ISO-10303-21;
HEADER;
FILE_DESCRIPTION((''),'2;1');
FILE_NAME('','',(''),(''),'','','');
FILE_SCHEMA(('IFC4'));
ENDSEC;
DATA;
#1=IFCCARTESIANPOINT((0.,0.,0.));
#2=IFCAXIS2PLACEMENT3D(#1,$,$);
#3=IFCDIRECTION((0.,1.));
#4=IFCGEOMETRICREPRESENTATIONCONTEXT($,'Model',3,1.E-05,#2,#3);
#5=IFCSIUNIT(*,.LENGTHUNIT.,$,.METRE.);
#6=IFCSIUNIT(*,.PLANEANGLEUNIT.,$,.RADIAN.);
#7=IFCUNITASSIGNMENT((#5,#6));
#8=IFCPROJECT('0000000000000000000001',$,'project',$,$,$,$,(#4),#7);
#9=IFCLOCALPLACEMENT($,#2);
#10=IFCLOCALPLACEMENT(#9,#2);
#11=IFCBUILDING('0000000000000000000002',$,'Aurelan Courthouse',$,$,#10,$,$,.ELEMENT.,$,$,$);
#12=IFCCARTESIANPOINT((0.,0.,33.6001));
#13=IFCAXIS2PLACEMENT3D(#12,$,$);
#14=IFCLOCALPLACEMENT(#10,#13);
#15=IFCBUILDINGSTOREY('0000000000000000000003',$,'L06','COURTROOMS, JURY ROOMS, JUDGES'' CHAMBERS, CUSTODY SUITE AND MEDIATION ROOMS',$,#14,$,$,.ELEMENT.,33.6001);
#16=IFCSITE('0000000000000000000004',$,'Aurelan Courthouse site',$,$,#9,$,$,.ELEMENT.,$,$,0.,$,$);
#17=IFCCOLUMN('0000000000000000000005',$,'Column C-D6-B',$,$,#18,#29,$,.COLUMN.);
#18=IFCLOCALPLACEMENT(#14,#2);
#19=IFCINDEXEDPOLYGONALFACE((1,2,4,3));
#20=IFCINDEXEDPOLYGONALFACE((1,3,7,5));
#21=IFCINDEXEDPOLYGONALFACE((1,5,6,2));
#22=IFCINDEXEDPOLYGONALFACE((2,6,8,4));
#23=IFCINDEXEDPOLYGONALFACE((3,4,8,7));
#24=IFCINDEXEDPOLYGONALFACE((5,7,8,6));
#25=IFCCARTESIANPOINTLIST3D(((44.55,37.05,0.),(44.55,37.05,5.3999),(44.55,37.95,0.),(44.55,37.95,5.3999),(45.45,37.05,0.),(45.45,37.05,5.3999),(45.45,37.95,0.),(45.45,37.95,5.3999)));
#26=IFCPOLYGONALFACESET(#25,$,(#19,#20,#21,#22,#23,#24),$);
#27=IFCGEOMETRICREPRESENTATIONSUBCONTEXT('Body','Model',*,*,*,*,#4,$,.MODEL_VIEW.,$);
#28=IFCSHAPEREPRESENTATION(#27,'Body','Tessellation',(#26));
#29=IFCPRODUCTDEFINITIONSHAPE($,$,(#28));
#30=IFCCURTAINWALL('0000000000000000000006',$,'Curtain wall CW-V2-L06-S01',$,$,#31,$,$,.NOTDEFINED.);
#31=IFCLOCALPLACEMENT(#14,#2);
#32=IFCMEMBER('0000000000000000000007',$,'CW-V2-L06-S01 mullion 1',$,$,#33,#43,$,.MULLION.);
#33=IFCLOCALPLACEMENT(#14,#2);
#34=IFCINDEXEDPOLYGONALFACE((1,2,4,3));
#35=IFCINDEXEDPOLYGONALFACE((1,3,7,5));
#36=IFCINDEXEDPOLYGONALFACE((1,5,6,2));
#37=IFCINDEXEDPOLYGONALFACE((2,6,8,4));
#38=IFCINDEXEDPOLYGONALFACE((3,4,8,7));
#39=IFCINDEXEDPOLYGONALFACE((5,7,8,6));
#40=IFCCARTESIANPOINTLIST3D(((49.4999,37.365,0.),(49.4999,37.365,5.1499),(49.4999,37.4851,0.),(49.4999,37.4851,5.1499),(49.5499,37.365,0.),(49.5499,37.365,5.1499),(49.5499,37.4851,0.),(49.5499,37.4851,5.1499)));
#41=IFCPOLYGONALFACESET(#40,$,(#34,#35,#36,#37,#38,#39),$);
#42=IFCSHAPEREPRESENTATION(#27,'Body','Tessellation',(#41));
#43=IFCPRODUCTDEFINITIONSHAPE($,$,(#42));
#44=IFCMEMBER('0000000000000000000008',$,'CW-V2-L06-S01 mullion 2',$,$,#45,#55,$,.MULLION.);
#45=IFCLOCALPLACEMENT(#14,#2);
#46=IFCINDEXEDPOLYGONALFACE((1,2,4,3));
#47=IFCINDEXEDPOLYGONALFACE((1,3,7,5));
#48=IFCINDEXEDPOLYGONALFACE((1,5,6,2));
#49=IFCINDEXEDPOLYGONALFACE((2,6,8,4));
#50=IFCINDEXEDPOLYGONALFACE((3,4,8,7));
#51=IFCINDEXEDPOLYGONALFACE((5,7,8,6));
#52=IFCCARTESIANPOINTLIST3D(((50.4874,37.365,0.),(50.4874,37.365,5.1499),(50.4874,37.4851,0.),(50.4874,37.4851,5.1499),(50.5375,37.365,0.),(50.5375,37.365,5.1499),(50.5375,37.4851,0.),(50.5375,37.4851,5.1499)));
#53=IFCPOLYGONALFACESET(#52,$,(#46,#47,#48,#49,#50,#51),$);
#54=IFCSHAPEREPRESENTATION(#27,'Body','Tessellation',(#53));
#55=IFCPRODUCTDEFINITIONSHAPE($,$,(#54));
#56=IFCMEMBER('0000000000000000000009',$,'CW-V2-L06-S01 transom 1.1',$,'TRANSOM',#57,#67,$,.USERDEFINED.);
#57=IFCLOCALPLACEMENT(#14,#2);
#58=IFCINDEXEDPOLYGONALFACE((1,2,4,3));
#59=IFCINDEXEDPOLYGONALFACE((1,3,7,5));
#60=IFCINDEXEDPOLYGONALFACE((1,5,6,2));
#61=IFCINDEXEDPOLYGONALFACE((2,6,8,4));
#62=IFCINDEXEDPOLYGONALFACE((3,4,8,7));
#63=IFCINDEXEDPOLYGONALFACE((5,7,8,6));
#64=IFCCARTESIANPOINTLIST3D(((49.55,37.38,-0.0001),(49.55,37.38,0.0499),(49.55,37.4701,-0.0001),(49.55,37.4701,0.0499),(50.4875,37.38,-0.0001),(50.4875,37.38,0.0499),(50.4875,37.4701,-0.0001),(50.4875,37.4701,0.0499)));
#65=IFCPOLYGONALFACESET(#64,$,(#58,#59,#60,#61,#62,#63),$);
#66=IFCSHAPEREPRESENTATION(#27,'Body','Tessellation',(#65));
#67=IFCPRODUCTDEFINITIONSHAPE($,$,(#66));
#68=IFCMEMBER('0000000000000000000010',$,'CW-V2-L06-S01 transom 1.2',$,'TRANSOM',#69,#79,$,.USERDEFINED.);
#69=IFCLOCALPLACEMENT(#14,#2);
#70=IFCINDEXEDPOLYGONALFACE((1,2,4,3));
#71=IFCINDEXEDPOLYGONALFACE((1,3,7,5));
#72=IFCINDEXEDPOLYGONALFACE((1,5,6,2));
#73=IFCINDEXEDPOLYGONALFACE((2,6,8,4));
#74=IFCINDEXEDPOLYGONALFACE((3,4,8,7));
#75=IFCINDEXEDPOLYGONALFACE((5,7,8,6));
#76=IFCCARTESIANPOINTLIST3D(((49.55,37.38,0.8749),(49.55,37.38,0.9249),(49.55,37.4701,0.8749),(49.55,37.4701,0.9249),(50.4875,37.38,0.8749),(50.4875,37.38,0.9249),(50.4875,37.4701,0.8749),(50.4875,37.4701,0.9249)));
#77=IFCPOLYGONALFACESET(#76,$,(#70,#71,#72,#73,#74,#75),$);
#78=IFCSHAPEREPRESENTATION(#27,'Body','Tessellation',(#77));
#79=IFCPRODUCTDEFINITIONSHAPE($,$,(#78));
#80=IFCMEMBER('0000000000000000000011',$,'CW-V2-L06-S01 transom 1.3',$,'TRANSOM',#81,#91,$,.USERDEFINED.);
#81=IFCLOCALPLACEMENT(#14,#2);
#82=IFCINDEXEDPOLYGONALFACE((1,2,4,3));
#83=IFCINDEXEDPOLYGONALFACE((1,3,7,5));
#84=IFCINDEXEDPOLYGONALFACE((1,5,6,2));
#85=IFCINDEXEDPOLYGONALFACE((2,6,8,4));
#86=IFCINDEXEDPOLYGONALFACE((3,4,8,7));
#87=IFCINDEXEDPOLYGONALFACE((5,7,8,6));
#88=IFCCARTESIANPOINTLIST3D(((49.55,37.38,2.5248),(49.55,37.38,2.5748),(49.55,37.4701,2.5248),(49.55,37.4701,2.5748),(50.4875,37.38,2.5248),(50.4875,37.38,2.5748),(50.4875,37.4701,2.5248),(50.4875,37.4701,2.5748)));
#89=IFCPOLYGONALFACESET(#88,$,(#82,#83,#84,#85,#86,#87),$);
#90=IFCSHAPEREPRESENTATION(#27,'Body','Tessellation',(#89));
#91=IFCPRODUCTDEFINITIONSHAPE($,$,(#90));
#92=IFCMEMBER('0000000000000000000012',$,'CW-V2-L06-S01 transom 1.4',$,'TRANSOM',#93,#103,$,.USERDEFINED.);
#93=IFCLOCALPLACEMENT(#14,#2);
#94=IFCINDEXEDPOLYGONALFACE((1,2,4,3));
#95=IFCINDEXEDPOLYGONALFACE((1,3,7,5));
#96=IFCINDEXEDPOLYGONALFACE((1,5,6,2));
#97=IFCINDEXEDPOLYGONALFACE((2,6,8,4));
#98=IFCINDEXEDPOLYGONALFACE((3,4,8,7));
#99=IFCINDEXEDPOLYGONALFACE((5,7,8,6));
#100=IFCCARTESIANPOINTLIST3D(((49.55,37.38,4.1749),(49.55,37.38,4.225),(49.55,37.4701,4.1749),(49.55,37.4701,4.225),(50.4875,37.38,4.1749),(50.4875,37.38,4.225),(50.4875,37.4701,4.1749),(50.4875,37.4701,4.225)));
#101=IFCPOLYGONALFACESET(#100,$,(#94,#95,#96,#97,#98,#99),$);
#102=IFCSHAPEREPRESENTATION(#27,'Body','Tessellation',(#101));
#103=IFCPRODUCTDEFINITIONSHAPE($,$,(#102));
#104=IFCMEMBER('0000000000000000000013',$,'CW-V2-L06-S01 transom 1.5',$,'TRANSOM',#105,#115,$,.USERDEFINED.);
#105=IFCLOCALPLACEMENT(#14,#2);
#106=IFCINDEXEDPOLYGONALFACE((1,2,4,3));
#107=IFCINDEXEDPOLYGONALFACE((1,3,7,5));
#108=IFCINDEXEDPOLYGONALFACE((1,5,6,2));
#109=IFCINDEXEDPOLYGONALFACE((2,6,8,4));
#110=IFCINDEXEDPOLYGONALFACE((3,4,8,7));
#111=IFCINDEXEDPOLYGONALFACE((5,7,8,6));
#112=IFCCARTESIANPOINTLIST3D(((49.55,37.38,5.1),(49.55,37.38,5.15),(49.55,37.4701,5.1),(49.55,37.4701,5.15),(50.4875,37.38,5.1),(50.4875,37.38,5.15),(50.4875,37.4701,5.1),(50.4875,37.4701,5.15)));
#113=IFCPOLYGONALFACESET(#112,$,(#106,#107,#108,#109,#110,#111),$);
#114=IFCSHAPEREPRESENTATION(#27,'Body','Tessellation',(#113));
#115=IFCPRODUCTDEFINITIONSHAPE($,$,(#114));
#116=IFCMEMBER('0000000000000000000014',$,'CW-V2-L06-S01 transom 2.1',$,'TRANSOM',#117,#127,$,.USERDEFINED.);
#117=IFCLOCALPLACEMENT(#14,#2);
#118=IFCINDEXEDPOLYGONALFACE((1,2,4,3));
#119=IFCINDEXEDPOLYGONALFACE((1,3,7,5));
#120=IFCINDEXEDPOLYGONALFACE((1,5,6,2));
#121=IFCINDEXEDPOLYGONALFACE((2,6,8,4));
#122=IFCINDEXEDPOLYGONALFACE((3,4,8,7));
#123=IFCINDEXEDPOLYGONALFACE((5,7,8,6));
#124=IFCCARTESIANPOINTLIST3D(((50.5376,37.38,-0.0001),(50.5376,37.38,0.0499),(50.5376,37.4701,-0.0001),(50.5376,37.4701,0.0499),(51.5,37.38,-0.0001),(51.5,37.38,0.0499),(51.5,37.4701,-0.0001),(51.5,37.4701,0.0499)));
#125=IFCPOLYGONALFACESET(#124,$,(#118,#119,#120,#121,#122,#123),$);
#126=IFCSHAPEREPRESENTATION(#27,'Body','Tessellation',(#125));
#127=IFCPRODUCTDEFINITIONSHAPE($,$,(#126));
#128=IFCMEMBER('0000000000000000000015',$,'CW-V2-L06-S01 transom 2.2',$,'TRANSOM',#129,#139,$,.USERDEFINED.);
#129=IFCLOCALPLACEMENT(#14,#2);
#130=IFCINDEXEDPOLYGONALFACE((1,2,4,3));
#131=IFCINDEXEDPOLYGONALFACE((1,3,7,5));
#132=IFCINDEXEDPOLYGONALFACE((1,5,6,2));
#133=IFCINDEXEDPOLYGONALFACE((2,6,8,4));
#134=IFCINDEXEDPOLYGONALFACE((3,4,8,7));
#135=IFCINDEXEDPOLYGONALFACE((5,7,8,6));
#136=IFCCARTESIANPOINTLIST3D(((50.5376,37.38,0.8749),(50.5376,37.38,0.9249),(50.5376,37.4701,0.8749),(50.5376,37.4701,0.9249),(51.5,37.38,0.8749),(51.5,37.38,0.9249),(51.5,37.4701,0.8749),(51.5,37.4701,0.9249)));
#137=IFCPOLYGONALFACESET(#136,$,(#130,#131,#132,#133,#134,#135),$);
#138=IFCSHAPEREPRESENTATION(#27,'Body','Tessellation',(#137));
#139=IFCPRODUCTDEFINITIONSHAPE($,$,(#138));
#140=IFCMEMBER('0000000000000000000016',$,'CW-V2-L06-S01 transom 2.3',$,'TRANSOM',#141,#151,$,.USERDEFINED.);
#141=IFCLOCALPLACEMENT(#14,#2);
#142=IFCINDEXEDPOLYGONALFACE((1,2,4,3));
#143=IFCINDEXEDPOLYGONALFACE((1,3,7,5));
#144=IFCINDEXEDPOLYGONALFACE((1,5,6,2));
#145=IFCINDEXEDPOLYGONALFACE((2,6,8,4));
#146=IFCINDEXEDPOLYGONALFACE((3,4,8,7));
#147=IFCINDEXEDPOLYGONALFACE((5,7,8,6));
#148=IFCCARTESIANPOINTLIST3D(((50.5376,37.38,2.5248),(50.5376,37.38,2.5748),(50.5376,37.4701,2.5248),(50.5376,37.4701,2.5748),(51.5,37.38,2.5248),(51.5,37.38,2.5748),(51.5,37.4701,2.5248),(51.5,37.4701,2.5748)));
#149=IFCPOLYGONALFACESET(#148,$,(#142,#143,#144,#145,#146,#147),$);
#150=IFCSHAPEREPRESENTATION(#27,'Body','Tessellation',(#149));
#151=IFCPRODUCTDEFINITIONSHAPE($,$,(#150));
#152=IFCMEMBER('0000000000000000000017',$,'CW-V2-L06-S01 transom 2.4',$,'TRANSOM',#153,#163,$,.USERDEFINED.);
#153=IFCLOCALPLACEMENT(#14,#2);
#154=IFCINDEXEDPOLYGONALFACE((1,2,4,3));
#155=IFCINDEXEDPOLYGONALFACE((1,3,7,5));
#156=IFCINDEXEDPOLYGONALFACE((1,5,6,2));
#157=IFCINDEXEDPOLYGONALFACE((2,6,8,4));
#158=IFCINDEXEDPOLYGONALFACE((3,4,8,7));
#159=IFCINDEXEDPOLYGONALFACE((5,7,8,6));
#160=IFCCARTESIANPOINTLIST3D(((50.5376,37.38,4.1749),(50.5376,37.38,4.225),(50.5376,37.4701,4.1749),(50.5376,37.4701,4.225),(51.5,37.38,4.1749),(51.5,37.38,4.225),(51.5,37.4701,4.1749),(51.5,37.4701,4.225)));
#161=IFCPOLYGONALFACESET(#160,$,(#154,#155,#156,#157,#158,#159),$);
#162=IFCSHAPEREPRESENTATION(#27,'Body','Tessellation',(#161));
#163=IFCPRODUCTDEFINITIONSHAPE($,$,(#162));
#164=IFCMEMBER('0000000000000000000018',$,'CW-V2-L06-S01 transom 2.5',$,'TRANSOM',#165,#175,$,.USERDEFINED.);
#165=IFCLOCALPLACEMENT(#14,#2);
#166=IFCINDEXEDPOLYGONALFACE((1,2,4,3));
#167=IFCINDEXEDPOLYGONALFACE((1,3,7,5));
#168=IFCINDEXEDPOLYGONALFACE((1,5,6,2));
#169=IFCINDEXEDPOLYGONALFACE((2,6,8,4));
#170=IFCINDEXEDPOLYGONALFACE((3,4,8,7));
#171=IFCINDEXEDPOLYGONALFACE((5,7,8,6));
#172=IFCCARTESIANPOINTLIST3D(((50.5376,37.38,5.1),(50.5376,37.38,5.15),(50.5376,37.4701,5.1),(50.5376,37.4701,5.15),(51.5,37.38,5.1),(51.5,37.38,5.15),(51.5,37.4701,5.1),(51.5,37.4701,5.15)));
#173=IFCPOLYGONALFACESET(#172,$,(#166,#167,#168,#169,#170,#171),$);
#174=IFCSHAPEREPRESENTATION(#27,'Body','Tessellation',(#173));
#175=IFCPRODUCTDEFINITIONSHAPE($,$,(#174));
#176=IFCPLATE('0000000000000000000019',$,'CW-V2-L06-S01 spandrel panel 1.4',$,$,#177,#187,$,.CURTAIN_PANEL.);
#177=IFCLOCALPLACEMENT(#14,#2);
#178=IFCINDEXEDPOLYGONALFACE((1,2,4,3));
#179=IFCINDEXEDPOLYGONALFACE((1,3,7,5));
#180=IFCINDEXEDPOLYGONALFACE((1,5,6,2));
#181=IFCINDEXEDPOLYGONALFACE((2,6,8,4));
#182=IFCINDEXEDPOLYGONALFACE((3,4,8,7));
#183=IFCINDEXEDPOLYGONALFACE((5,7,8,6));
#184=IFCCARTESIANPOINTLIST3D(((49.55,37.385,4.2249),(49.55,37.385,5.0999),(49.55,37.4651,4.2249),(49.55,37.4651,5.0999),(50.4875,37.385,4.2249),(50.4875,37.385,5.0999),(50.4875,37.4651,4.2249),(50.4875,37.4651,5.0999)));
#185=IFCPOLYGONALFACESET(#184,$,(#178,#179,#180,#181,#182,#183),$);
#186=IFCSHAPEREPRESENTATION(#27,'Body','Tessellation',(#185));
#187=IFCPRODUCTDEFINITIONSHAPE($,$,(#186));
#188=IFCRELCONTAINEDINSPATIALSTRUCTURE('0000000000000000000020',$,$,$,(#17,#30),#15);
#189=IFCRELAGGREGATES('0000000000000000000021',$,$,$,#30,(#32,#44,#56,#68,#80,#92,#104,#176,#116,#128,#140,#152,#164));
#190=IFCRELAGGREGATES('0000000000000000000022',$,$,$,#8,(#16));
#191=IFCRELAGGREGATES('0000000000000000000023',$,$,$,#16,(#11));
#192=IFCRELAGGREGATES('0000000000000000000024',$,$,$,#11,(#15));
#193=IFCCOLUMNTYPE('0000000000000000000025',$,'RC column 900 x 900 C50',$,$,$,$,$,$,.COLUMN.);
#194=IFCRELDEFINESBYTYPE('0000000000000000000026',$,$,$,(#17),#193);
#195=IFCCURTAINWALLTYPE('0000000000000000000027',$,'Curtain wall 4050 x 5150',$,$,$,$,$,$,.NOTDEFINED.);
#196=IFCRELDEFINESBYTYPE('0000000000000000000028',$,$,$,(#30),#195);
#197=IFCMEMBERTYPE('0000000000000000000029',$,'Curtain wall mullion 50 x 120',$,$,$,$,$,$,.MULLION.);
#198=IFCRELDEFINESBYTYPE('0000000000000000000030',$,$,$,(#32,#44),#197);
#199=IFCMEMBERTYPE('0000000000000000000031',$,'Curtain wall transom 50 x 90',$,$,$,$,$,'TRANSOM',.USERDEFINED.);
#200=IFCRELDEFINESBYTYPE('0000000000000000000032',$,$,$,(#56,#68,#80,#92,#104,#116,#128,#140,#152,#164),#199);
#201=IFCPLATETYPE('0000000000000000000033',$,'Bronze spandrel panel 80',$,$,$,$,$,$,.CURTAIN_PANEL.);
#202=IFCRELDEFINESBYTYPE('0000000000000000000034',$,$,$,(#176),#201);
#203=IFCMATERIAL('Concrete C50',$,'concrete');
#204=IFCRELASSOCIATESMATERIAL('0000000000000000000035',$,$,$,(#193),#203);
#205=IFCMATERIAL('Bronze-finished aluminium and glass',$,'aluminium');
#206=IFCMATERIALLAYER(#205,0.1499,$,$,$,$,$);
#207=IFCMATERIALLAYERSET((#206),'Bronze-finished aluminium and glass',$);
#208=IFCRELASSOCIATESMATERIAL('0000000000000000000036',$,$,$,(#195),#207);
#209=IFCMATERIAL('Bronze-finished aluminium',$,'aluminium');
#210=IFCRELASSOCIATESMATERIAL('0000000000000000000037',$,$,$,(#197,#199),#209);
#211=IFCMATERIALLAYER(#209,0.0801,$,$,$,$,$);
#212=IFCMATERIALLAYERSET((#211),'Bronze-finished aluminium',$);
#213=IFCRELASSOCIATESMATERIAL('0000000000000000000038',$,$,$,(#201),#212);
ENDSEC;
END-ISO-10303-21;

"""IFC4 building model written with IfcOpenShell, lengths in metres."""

from ifc_helpers import new_model, si_unit, direction, frame, origin, origin_2d, place, context, subcontext, project, spatial, rectangle, extrude, material, layer, layer_set, material_profile, profile_set, type_object, element, aggregate, save


model = new_model("IFC4")

# Units and contexts
model_context = context("Model", 3, precision=1e-05, world=origin(), true_north=direction((0.0, 1.0)))
body_context = subcontext(model_context, "Body", "Model", "MODEL_VIEW")
ifc_project = project(units=[si_unit("LENGTHUNIT", "METRE"), si_unit("PLANEANGLEUNIT", "RADIAN")], contexts=[model_context])

# Site, building, storey
site_placement = place(None, origin())
site = spatial("IfcSite", under=ifc_project, at=site_placement, Name="Aurelan Courthouse site", CompositionType="ELEMENT", RefElevation=0.0)
building_placement = place(site_placement, origin())
building = spatial("IfcBuilding", under=site, at=building_placement, Name="Aurelan Courthouse", CompositionType="ELEMENT")
storey_placement = place(building_placement, frame((0.0, 0.0, 33.6001)))
storey = spatial("IfcBuildingStorey", under=building, at=storey_placement, Name="L06", Description="COURTROOMS, JURY ROOMS, JUDGES' CHAMBERS, CUSTODY SUITE AND MEDIATION ROOMS", CompositionType="ELEMENT", Elevation=33.6001)

# Column
ifc_material_1 = material(Name="Concrete C50", Category="concrete")
ifc_material_profile_1 = material_profile(ifc_material_1, rectangle(XDim=0.8999, YDim=0.8999, at=origin_2d()), Name="RC 900 x 900")
ifc_profile_set_1 = profile_set([ifc_material_profile_1], Name="Concrete C50")
column_type = type_object("IfcColumnType", Name="RC column 900 x 900 C50", PredefinedType="COLUMN", material=ifc_profile_set_1)
column_placement = place(storey_placement, frame((45.0, 37.5, 0.0), z_axis=(0.0, 0.0, 1.0), x_axis=(1.0, 0.0, 0.0)))
element("IfcColumn", 1, at=column_placement, inside=storey, type_object=column_type, Name="Column C-D6-B", PredefinedType="COLUMN", context=body_context, shape_type="SweptSolid", body=[
    extrude(rectangle(XDim=0.8999, YDim=0.8999, at=origin_2d()), origin(), (0.0, 0.0, 1.0), 5.3999),
])

# Curtain wall, members, plate
ifc_material_2 = material(Name="Bronze-finished aluminium and glass", Category="aluminium")
ifc_layer_1 = layer(ifc_material_2, 0.1499)
ifc_layer_set_1 = layer_set([ifc_layer_1], Name="Bronze-finished aluminium and glass")
curtain_wall_type = type_object("IfcCurtainWallType", Name="Curtain wall 4050 x 5150", PredefinedType="NOTDEFINED", material=ifc_layer_set_1)
curtain_wall_placement = place(storey_placement, origin())
curtain_wall = element("IfcCurtainWall", 2, at=curtain_wall_placement, inside=storey, type_object=curtain_wall_type, Name="Curtain wall CW-V2-L06-S01", PredefinedType="NOTDEFINED")
ifc_material_3 = material(Name="Bronze-finished aluminium", Category="aluminium")
ifc_material_profile_2 = material_profile(ifc_material_3, rectangle(XDim=0.1201, YDim=0.05, at=origin_2d()), Name="Bronze mullion 50 x 120")
ifc_profile_set_2 = profile_set([ifc_material_profile_2], Name="Bronze-finished aluminium")
member_type_1 = type_object("IfcMemberType", Name="Curtain wall mullion 50 x 120", PredefinedType="MULLION", material=ifc_profile_set_2)
member_1_placement = place(storey_placement, frame((49.5249, 37.425, 0.0), z_axis=(0.0, 0.0, 1.0), x_axis=(0.0, 1.0, 0.0)))
member_1 = element("IfcMember", 3, at=member_1_placement, type_object=member_type_1, Name="CW-V2-L06-S01 mullion 1", PredefinedType="MULLION", context=body_context, shape_type="SweptSolid", body=[
    extrude(rectangle(XDim=0.1201, YDim=0.05, at=origin_2d()), origin(), (0.0, 0.0, 1.0), 5.1499),
])
member_2_placement = place(storey_placement, frame((50.5125, 37.425, 0.0), z_axis=(0.0, 0.0, 1.0), x_axis=(0.0, 1.0, 0.0)))
member_2 = element("IfcMember", 4, at=member_2_placement, type_object=member_type_1, Name="CW-V2-L06-S01 mullion 2", PredefinedType="MULLION", context=body_context, shape_type="SweptSolid", body=[
    extrude(rectangle(XDim=0.1201, YDim=0.05, at=origin_2d()), origin(), (0.0, 0.0, 1.0), 5.1499),
])
ifc_material_profile_3 = material_profile(ifc_material_3, rectangle(XDim=0.0901, YDim=0.05, at=origin_2d()), Name="Bronze transom 50 x 90")
ifc_profile_set_3 = profile_set([ifc_material_profile_3], Name="Bronze-finished aluminium")
member_type_2 = type_object("IfcMemberType", Name="Curtain wall transom 50 x 90", ElementType="TRANSOM", PredefinedType="USERDEFINED", material=ifc_profile_set_3)
member_3_placement = place(storey_placement, frame((49.55, 37.425, 0.0249), z_axis=(1.0, 0.0, 0.0), x_axis=(0.0, 1.0, 0.0)))
member_3 = element("IfcMember", 5, at=member_3_placement, type_object=member_type_2, Name="CW-V2-L06-S01 transom 1.1", ObjectType="TRANSOM", PredefinedType="USERDEFINED", context=body_context, shape_type="SweptSolid", body=[
    extrude(rectangle(XDim=0.0901, YDim=0.05, at=origin_2d()), origin(), (0.0, 0.0, 1.0), 0.9375),
])
member_4_placement = place(storey_placement, frame((49.55, 37.425, 0.8999), z_axis=(1.0, 0.0, 0.0), x_axis=(0.0, 1.0, 0.0)))
member_4 = element("IfcMember", 6, at=member_4_placement, type_object=member_type_2, Name="CW-V2-L06-S01 transom 1.2", ObjectType="TRANSOM", PredefinedType="USERDEFINED", context=body_context, shape_type="SweptSolid", body=[
    extrude(rectangle(XDim=0.0901, YDim=0.05, at=origin_2d()), origin(), (0.0, 0.0, 1.0), 0.9375),
])
member_5_placement = place(storey_placement, frame((49.55, 37.425, 2.5498), z_axis=(1.0, 0.0, 0.0), x_axis=(0.0, 1.0, 0.0)))
member_5 = element("IfcMember", 7, at=member_5_placement, type_object=member_type_2, Name="CW-V2-L06-S01 transom 1.3", ObjectType="TRANSOM", PredefinedType="USERDEFINED", context=body_context, shape_type="SweptSolid", body=[
    extrude(rectangle(XDim=0.0901, YDim=0.05, at=origin_2d()), origin(), (0.0, 0.0, 1.0), 0.9375),
])
member_6_placement = place(storey_placement, frame((49.55, 37.425, 4.2), z_axis=(1.0, 0.0, 0.0), x_axis=(0.0, 1.0, 0.0)))
member_6 = element("IfcMember", 8, at=member_6_placement, type_object=member_type_2, Name="CW-V2-L06-S01 transom 1.4", ObjectType="TRANSOM", PredefinedType="USERDEFINED", context=body_context, shape_type="SweptSolid", body=[
    extrude(rectangle(XDim=0.0901, YDim=0.05, at=origin_2d()), origin(), (0.0, 0.0, 1.0), 0.9375),
])
member_7_placement = place(storey_placement, frame((49.55, 37.425, 5.125), z_axis=(1.0, 0.0, 0.0), x_axis=(0.0, 1.0, 0.0)))
member_7 = element("IfcMember", 9, at=member_7_placement, type_object=member_type_2, Name="CW-V2-L06-S01 transom 1.5", ObjectType="TRANSOM", PredefinedType="USERDEFINED", context=body_context, shape_type="SweptSolid", body=[
    extrude(rectangle(XDim=0.0901, YDim=0.05, at=origin_2d()), origin(), (0.0, 0.0, 1.0), 0.9375),
])
member_8_placement = place(storey_placement, frame((50.5376, 37.425, 0.0249), z_axis=(1.0, 0.0, 0.0), x_axis=(0.0, 1.0, 0.0)))
member_8 = element("IfcMember", 10, at=member_8_placement, type_object=member_type_2, Name="CW-V2-L06-S01 transom 2.1", ObjectType="TRANSOM", PredefinedType="USERDEFINED", context=body_context, shape_type="SweptSolid", body=[
    extrude(rectangle(XDim=0.0901, YDim=0.05, at=origin_2d()), origin(), (0.0, 0.0, 1.0), 0.9624),
])
member_9_placement = place(storey_placement, frame((50.5376, 37.425, 0.8999), z_axis=(1.0, 0.0, 0.0), x_axis=(0.0, 1.0, 0.0)))
member_9 = element("IfcMember", 11, at=member_9_placement, type_object=member_type_2, Name="CW-V2-L06-S01 transom 2.2", ObjectType="TRANSOM", PredefinedType="USERDEFINED", context=body_context, shape_type="SweptSolid", body=[
    extrude(rectangle(XDim=0.0901, YDim=0.05, at=origin_2d()), origin(), (0.0, 0.0, 1.0), 0.9624),
])
member_10_placement = place(storey_placement, frame((50.5376, 37.425, 2.5498), z_axis=(1.0, 0.0, 0.0), x_axis=(0.0, 1.0, 0.0)))
member_10 = element("IfcMember", 12, at=member_10_placement, type_object=member_type_2, Name="CW-V2-L06-S01 transom 2.3", ObjectType="TRANSOM", PredefinedType="USERDEFINED", context=body_context, shape_type="SweptSolid", body=[
    extrude(rectangle(XDim=0.0901, YDim=0.05, at=origin_2d()), origin(), (0.0, 0.0, 1.0), 0.9624),
])
member_11_placement = place(storey_placement, frame((50.5376, 37.425, 4.2), z_axis=(1.0, 0.0, 0.0), x_axis=(0.0, 1.0, 0.0)))
member_11 = element("IfcMember", 13, at=member_11_placement, type_object=member_type_2, Name="CW-V2-L06-S01 transom 2.4", ObjectType="TRANSOM", PredefinedType="USERDEFINED", context=body_context, shape_type="SweptSolid", body=[
    extrude(rectangle(XDim=0.0901, YDim=0.05, at=origin_2d()), origin(), (0.0, 0.0, 1.0), 0.9624),
])
member_12_placement = place(storey_placement, frame((50.5376, 37.425, 5.125), z_axis=(1.0, 0.0, 0.0), x_axis=(0.0, 1.0, 0.0)))
member_12 = element("IfcMember", 14, at=member_12_placement, type_object=member_type_2, Name="CW-V2-L06-S01 transom 2.5", ObjectType="TRANSOM", PredefinedType="USERDEFINED", context=body_context, shape_type="SweptSolid", body=[
    extrude(rectangle(XDim=0.0901, YDim=0.05, at=origin_2d()), origin(), (0.0, 0.0, 1.0), 0.9624),
])
ifc_layer_2 = layer(ifc_material_3, 0.0801)
ifc_layer_set_2 = layer_set([ifc_layer_2], Name="Bronze-finished aluminium")
plate_type_1 = type_object("IfcPlateType", Name="Bronze spandrel panel 80", PredefinedType="CURTAIN_PANEL", material=ifc_layer_set_2)
plate_1_placement = place(storey_placement, frame((50.0188, 37.425, 4.2249), z_axis=(0.0, 0.0, 1.0), x_axis=(1.0, 0.0, 0.0)))
plate_1 = element("IfcPlate", 15, at=plate_1_placement, type_object=plate_type_1, Name="CW-V2-L06-S01 spandrel panel 1.4", PredefinedType="CURTAIN_PANEL", context=body_context, shape_type="SweptSolid", body=[
    extrude(rectangle(XDim=0.9375, YDim=0.0801, at=origin_2d()), origin(), (0.0, 0.0, 1.0), 0.875),
])
aggregate(curtain_wall, [member_1, member_2, member_3, member_4, member_5, member_6, member_7, plate_1, member_8, member_9, member_10, member_11, member_12])

save(model, "model.ifc")
